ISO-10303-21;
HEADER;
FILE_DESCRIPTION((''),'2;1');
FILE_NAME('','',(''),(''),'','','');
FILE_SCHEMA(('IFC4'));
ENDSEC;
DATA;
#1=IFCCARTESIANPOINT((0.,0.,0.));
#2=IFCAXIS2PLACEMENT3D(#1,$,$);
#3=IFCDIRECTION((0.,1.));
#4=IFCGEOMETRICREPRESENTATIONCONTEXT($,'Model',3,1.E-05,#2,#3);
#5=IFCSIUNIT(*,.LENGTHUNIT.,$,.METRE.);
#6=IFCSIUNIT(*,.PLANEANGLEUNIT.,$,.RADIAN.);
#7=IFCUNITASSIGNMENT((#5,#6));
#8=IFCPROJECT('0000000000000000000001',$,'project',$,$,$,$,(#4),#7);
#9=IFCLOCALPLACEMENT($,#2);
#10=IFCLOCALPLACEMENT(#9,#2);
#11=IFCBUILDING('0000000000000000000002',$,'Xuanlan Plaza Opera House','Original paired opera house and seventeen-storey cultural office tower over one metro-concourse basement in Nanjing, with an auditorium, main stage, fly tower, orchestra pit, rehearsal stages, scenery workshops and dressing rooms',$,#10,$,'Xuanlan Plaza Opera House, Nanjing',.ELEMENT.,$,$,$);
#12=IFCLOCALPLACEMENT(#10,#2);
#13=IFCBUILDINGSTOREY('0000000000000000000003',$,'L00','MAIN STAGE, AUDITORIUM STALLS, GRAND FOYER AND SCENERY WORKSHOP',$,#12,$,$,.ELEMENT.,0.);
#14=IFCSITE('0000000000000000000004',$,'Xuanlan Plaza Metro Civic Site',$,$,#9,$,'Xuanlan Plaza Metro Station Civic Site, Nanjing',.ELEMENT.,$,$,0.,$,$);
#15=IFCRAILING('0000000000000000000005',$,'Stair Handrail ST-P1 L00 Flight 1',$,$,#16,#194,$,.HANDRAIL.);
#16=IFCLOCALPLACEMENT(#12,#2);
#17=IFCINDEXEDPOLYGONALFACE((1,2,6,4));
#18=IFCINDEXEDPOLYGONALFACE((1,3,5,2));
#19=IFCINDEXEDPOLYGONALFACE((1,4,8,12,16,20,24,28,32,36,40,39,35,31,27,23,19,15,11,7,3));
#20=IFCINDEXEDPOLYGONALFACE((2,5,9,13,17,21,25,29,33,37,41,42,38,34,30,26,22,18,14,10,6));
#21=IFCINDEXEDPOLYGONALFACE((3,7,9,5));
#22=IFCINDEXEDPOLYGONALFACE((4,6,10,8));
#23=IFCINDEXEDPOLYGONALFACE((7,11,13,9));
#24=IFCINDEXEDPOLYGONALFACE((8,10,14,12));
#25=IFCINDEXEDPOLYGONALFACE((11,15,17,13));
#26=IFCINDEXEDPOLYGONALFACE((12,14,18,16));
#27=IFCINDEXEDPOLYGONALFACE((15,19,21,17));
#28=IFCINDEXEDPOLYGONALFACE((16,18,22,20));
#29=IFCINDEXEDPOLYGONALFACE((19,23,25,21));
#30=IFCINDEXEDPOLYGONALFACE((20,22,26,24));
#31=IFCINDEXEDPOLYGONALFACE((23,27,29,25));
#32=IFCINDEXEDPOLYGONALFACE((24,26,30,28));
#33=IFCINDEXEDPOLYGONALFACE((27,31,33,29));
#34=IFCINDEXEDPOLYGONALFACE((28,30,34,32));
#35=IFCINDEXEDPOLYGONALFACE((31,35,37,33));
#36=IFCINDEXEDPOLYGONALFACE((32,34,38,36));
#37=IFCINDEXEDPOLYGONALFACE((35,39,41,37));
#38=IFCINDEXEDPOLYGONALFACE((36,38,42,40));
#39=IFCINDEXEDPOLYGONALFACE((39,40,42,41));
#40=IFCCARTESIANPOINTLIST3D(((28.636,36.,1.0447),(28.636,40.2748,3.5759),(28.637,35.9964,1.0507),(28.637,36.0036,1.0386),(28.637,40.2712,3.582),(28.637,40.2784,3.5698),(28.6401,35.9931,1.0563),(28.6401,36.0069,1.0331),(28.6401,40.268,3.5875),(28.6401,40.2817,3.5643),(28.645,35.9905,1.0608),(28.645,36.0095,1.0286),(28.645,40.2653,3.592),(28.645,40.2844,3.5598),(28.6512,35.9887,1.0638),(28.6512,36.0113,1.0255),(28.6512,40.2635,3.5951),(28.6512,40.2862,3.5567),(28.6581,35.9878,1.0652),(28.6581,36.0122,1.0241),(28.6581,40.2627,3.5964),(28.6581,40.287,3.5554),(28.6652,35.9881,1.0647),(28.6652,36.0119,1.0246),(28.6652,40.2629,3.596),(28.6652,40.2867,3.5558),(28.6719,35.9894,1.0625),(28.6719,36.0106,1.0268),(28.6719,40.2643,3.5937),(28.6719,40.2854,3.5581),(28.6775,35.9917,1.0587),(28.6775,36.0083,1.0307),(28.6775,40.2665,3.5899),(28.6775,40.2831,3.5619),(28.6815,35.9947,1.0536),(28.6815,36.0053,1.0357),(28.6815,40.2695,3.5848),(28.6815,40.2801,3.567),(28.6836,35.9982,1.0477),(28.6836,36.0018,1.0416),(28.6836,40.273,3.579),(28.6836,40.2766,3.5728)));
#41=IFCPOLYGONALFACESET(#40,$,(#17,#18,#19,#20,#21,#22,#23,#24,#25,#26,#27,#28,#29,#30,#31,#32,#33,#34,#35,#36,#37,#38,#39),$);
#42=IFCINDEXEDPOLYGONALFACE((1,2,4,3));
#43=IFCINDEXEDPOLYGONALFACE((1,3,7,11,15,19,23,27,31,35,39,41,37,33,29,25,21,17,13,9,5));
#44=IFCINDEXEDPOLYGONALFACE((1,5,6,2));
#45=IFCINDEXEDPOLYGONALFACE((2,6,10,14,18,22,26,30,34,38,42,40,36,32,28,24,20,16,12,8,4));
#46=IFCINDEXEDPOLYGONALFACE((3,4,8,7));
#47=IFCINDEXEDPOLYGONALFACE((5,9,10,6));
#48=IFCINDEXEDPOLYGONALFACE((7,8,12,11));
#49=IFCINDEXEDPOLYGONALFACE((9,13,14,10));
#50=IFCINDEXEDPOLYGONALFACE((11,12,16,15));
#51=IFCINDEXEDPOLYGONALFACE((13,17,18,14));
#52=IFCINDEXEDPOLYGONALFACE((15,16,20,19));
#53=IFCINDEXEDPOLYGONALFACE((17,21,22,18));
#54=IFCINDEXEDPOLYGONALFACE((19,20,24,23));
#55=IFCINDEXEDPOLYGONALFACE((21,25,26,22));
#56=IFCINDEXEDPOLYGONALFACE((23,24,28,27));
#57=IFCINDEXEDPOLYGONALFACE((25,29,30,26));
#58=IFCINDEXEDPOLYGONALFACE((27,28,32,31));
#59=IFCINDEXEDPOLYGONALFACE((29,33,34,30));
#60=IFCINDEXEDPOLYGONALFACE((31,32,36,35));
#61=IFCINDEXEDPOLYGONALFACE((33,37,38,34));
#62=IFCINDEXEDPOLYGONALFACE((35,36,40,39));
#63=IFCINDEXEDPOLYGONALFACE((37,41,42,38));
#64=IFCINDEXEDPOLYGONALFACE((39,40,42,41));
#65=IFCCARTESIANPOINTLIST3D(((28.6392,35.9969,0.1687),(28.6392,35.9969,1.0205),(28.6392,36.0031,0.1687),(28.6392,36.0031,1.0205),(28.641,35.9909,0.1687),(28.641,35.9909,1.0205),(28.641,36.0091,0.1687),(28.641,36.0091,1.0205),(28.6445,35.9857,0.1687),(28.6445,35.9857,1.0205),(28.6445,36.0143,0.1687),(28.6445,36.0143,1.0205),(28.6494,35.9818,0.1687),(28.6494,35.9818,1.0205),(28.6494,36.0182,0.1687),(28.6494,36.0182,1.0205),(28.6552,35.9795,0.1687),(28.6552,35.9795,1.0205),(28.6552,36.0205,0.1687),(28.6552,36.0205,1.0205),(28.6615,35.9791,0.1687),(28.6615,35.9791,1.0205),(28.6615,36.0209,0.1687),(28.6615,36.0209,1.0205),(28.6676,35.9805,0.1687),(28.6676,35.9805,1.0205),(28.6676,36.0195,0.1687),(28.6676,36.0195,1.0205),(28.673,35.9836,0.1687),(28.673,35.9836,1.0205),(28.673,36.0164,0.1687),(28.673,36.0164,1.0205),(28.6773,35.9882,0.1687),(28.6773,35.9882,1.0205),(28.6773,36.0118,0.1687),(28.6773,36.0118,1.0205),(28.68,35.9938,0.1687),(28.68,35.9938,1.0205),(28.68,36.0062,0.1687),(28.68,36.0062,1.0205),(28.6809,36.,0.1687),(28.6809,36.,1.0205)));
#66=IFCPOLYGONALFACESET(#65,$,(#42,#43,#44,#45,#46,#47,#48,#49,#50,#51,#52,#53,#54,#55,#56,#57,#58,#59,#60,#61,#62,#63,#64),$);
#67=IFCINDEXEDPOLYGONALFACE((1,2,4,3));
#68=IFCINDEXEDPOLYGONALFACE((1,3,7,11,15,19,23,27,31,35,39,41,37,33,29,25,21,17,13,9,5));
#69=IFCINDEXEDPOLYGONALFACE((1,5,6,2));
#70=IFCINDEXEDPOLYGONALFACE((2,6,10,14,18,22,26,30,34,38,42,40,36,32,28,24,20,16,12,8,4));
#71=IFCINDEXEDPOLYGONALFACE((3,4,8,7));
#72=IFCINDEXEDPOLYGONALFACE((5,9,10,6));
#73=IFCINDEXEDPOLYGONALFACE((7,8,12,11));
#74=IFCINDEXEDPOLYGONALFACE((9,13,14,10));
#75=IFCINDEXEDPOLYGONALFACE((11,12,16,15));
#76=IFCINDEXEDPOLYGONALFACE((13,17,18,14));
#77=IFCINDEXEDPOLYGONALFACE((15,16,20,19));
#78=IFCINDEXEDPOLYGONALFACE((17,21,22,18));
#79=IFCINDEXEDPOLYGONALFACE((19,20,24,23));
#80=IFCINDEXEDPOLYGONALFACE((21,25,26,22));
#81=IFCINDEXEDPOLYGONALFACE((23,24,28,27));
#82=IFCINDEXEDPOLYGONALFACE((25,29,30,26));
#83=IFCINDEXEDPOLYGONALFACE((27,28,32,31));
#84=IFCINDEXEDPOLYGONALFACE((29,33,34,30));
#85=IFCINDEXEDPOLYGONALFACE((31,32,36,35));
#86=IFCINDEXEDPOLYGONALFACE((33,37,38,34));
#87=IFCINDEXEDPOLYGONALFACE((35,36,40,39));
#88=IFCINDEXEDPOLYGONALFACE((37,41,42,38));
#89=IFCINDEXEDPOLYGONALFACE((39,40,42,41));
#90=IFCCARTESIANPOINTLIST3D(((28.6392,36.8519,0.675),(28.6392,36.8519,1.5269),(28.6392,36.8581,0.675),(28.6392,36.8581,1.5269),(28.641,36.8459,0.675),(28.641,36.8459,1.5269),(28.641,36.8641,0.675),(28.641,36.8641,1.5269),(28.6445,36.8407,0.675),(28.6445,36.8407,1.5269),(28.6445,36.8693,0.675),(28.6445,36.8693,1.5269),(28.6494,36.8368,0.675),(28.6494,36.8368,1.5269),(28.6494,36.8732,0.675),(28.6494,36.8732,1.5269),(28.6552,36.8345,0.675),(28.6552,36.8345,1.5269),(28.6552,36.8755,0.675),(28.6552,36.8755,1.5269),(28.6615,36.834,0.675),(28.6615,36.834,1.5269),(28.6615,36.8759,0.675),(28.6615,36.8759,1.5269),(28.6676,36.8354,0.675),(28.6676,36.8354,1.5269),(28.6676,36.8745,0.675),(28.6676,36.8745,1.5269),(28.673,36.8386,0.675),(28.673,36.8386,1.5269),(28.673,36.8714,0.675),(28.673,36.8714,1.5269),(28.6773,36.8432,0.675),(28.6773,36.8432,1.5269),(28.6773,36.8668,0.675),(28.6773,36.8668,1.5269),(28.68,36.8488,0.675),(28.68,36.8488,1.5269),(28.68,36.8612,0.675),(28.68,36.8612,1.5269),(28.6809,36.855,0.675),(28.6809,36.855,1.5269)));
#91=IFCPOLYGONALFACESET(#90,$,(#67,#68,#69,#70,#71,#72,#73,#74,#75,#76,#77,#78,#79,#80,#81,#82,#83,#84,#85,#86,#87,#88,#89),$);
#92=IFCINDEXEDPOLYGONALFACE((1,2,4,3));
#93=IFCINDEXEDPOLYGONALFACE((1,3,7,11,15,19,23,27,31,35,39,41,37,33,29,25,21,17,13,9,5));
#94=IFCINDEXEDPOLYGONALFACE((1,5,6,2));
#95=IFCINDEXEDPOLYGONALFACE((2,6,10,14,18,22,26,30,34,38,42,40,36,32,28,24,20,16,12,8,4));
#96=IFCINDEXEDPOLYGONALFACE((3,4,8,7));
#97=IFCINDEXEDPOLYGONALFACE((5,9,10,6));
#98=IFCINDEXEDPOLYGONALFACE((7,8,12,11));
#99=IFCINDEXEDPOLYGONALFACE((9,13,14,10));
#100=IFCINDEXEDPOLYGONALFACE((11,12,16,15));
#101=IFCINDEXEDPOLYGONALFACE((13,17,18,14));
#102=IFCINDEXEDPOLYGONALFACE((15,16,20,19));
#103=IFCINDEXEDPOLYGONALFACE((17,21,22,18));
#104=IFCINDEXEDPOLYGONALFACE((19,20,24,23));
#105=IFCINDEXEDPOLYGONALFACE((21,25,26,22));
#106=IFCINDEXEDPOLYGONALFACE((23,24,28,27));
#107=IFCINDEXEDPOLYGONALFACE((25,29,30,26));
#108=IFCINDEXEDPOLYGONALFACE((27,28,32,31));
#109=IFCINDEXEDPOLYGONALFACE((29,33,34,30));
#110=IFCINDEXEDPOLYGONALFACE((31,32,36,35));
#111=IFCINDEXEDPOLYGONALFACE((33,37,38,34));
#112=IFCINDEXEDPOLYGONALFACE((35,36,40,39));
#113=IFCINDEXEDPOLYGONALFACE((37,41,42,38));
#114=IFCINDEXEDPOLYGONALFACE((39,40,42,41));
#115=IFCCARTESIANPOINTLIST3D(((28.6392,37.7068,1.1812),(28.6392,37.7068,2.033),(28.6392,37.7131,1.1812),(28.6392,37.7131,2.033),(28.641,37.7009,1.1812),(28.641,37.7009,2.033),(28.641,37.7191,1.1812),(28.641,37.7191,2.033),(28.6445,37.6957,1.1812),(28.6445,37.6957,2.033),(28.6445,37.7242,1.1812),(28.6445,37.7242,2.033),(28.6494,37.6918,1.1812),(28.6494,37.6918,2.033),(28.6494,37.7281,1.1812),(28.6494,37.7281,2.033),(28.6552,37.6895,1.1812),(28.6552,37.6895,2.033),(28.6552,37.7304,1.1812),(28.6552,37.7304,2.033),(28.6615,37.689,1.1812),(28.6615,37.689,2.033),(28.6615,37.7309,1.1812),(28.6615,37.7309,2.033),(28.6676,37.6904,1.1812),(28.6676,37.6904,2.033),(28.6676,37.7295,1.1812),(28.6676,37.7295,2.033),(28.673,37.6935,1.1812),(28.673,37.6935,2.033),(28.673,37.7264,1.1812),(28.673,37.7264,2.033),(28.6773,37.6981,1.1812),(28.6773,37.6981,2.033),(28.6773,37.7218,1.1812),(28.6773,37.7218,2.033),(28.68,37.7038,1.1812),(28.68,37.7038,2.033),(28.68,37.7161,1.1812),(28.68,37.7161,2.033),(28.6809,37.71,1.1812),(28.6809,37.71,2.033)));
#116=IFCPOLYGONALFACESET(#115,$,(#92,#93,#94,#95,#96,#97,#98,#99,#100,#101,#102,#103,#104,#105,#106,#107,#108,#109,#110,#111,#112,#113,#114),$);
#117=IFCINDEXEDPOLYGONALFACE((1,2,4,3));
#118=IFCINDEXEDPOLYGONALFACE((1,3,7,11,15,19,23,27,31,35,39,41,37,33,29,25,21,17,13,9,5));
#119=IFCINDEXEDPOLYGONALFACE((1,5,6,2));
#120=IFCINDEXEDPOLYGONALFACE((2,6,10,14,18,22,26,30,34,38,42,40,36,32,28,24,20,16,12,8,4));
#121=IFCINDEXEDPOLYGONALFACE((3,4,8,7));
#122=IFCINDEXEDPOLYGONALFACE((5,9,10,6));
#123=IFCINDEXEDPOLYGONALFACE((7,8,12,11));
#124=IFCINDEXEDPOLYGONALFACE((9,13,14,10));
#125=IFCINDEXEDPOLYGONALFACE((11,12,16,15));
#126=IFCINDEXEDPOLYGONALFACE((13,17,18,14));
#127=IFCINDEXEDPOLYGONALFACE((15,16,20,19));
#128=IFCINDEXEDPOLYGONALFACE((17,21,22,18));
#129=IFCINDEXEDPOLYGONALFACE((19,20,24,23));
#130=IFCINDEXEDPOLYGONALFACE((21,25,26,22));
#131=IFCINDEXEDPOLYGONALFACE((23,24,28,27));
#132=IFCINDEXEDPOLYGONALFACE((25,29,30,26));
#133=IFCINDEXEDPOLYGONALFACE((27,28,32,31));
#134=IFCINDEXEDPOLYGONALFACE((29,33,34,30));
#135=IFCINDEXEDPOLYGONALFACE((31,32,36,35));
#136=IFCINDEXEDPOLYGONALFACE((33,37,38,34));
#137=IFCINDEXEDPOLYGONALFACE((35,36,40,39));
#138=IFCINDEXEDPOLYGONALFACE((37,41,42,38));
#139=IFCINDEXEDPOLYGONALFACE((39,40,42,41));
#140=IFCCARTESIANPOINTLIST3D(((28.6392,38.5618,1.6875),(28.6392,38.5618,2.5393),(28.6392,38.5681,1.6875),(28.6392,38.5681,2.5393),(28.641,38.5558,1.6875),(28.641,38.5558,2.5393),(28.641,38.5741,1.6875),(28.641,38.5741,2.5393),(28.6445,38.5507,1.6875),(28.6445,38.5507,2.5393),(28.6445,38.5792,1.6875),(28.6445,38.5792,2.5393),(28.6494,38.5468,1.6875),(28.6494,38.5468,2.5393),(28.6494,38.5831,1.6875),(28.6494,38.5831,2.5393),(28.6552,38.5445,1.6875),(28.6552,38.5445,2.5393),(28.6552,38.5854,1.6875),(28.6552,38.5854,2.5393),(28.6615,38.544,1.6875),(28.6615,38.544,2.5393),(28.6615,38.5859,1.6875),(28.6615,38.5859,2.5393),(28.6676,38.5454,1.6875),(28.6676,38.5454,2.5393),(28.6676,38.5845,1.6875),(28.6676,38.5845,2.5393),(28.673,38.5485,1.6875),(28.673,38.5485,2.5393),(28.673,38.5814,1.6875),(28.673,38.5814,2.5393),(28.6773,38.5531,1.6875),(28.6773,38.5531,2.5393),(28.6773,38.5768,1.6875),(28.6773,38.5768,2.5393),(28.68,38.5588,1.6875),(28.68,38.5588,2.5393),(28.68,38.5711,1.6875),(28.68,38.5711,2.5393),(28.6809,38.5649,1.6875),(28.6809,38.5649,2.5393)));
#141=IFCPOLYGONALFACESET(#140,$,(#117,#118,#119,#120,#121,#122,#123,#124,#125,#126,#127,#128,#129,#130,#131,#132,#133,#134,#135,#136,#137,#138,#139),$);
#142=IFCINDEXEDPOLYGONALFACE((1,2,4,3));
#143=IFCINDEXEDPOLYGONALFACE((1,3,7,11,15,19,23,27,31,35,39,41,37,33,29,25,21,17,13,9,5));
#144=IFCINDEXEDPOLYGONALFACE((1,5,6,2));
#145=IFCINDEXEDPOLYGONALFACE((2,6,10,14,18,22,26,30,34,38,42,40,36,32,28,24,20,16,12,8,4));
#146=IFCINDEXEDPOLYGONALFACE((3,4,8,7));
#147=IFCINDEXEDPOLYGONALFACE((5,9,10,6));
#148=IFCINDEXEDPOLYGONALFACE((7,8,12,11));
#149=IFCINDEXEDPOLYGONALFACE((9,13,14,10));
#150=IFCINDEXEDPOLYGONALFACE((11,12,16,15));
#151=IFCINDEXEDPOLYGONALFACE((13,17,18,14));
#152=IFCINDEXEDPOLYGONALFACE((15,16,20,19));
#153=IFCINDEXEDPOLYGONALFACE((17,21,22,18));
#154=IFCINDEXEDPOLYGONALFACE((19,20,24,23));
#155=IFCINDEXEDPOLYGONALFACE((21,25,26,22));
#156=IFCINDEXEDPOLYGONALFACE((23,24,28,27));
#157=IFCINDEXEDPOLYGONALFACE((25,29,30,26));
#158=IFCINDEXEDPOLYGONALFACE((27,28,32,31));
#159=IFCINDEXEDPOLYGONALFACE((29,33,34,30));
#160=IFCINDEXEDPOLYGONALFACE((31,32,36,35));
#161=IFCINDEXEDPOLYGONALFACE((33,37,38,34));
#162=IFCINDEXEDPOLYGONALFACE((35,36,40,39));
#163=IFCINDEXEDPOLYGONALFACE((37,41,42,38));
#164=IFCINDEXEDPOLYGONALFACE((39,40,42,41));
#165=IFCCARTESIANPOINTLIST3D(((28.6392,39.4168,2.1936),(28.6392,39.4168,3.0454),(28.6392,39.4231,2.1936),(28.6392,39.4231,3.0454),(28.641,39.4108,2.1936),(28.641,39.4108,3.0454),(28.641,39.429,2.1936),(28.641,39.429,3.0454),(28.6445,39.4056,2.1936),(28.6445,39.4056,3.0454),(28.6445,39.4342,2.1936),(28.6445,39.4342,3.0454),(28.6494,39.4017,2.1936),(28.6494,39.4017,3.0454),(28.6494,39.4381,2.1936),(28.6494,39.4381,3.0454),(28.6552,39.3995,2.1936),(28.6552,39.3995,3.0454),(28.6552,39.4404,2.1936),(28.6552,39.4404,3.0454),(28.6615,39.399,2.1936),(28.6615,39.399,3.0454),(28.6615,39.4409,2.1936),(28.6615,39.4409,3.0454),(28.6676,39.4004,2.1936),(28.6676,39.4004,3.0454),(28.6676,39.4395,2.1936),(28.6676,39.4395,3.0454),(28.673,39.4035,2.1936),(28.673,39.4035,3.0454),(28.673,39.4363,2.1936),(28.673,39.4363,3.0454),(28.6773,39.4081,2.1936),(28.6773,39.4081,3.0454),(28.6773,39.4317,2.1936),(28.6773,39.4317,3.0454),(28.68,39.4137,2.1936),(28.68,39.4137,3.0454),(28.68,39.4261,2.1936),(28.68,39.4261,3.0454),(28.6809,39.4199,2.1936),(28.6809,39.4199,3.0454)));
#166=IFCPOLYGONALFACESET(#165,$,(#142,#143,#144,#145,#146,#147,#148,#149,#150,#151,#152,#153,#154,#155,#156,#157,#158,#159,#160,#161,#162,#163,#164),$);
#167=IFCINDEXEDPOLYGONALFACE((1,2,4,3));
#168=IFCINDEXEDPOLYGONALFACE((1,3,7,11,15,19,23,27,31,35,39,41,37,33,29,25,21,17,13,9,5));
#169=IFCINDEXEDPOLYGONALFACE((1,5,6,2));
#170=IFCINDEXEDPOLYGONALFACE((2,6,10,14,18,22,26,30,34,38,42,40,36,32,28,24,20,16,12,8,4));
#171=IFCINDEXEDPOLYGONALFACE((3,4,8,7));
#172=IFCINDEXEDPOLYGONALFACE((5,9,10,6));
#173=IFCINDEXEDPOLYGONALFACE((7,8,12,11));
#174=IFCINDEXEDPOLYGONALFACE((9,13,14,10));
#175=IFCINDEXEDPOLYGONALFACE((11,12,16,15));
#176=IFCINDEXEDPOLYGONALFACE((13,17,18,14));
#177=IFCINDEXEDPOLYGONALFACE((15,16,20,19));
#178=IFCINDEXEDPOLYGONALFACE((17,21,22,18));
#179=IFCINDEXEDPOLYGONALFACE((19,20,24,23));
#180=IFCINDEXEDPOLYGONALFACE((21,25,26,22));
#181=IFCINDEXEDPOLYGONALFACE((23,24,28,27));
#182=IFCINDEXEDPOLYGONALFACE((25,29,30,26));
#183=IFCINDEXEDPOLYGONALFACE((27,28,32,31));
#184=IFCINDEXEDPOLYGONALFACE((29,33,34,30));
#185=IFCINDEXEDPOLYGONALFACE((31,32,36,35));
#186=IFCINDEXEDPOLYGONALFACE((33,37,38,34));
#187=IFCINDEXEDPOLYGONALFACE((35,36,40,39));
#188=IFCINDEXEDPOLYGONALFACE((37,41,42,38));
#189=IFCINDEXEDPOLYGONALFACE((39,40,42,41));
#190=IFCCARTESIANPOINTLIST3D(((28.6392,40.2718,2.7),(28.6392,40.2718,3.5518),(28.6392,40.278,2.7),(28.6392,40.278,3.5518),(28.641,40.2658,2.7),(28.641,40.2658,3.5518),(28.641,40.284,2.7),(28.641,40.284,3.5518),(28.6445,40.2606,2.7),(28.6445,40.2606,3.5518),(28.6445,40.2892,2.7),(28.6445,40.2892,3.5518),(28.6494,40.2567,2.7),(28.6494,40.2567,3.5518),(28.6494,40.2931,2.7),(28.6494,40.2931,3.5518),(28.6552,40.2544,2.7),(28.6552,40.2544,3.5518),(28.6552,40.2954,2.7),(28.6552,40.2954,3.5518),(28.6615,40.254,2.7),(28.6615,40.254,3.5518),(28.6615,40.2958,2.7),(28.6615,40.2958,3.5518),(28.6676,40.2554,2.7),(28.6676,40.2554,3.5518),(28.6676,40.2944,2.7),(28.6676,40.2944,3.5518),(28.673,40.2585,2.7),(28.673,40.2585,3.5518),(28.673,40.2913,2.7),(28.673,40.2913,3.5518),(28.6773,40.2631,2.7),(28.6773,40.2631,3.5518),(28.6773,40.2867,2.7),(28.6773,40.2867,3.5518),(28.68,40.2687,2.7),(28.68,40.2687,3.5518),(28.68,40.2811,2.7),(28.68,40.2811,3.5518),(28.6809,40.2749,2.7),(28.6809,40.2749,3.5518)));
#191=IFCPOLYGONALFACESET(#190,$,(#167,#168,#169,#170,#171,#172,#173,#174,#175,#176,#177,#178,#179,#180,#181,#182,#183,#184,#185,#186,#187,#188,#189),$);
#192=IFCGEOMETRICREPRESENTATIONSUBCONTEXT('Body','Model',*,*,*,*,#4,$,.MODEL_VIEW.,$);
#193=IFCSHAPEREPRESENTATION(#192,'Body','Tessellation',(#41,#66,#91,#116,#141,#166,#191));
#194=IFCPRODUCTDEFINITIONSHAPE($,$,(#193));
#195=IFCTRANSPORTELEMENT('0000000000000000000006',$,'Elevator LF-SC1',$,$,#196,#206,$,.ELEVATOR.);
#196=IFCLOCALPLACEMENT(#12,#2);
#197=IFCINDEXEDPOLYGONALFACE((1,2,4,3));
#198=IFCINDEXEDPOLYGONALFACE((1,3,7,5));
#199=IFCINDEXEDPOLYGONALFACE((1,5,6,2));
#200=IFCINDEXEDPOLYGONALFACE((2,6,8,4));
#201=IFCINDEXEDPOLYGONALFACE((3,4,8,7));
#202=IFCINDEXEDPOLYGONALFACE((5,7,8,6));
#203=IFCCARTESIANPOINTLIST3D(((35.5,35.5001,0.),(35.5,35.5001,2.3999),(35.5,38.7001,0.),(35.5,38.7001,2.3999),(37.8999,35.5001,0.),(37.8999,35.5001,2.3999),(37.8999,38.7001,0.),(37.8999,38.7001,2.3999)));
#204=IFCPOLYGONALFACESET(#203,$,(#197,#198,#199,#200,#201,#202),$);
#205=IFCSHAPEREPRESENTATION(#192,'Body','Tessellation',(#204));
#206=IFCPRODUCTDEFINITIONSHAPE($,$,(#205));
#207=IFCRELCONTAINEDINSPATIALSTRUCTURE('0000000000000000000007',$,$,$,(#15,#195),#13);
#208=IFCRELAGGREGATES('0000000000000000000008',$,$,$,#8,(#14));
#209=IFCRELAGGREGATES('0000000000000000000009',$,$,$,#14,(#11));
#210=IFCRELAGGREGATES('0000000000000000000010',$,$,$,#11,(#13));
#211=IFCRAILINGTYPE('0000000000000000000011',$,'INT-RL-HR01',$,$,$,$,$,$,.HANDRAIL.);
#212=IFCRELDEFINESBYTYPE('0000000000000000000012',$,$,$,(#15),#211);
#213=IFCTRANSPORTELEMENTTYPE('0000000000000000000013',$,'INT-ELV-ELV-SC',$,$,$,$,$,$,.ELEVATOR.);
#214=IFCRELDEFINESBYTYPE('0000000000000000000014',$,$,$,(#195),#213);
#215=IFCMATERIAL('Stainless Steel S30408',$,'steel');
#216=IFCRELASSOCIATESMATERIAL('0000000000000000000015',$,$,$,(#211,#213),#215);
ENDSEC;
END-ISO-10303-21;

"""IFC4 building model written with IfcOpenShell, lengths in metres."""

from ifc_helpers import new_model, si_unit, direction, frame, origin, origin_2d, place, context, subcontext, project, spatial, rectangle, circle, extrude, material, type_object, element, save


model = new_model("IFC4")

# Units and contexts
model_context = context("Model", 3, precision=1e-05, world=origin(), true_north=direction((0.0, 1.0)))
body_context = subcontext(model_context, "Body", "Model", "MODEL_VIEW")
ifc_project = project(units=[si_unit("LENGTHUNIT", "METRE"), si_unit("PLANEANGLEUNIT", "RADIAN")], contexts=[model_context])

# Site, building, storey
site_placement = place(None, origin())
site = spatial("IfcSite", under=ifc_project, at=site_placement, Name="Xuanlan Plaza Metro Civic Site", LongName="Xuanlan Plaza Metro Station Civic Site, Nanjing", CompositionType="ELEMENT", RefElevation=0.0)
building_placement = place(site_placement, origin())
building = spatial("IfcBuilding", under=site, at=building_placement, Name="Xuanlan Plaza Opera House", Description="Original paired opera house and seventeen-storey cultural office tower over one metro-concourse basement in Nanjing, with an auditorium, main stage, fly tower, orchestra pit, rehearsal stages, scenery workshops and dressing rooms", LongName="Xuanlan Plaza Opera House, Nanjing", CompositionType="ELEMENT")
storey_placement = place(building_placement, origin())
storey = spatial("IfcBuildingStorey", under=building, at=storey_placement, Name="L00", Description="MAIN STAGE, AUDITORIUM STALLS, GRAND FOYER AND SCENERY WORKSHOP", CompositionType="ELEMENT", Elevation=0.0)

# Shared definitions
ifc_material_1 = material(Name="Stainless Steel S30408", Category="steel")

# Railing
railing_type = type_object("IfcRailingType", Name="INT-RL-HR01", PredefinedType="HANDRAIL", material=ifc_material_1)
railing_placement = place(storey_placement, frame((28.6599, 36.0, 0.1687)))
element("IfcRailing", 1, at=railing_placement, inside=storey, type_object=railing_type, Name="Stair Handrail ST-P1 L00 Flight 1", PredefinedType="HANDRAIL", context=body_context, shape_type="SweptSolid", body=[
    extrude(circle(Radius=0.0239, at=origin_2d()), frame((0.0, 0.0, 0.876), z_axis=(0.0, 0.86047, 0.509501), x_axis=(-1.0, 0.0, 0.0)), (0.0, 0.0, 1.0), 4.968),
    extrude(circle(Radius=0.021, at=origin_2d()), origin(), (0.0, 0.0, 1.0), 0.8518),
    extrude(circle(Radius=0.021, at=origin_2d()), frame((0.0, 0.855, 0.5063)), (0.0, 0.0, 1.0), 0.8518),
    extrude(circle(Radius=0.021, at=origin_2d()), frame((0.0, 1.71, 1.0125)), (0.0, 0.0, 1.0), 0.8518),
    extrude(circle(Radius=0.021, at=origin_2d()), frame((0.0, 2.5649, 1.5188)), (0.0, 0.0, 1.0), 0.8518),
    extrude(circle(Radius=0.021, at=origin_2d()), frame((0.0, 3.4199, 2.0249)), (0.0, 0.0, 1.0), 0.8518),
    extrude(circle(Radius=0.021, at=origin_2d()), frame((0.0, 4.2749, 2.5312)), (0.0, 0.0, 1.0), 0.8518),
])

# Transport element
transport_element_type = type_object("IfcTransportElementType", Name="INT-ELV-ELV-SC", PredefinedType="ELEVATOR", material=ifc_material_1)
transport_element_placement = place(storey_placement, frame((36.7, 37.1001, 0.0)))
element("IfcTransportElement", 2, at=transport_element_placement, inside=storey, type_object=transport_element_type, Name="Elevator LF-SC1", PredefinedType="ELEVATOR", context=body_context, shape_type="SweptSolid", body=[
    extrude(rectangle(XDim=2.3999, YDim=3.2, at=origin_2d()), origin(), (0.0, 0.0, 1.0), 2.3999),
])

save(model, "model.ifc")
